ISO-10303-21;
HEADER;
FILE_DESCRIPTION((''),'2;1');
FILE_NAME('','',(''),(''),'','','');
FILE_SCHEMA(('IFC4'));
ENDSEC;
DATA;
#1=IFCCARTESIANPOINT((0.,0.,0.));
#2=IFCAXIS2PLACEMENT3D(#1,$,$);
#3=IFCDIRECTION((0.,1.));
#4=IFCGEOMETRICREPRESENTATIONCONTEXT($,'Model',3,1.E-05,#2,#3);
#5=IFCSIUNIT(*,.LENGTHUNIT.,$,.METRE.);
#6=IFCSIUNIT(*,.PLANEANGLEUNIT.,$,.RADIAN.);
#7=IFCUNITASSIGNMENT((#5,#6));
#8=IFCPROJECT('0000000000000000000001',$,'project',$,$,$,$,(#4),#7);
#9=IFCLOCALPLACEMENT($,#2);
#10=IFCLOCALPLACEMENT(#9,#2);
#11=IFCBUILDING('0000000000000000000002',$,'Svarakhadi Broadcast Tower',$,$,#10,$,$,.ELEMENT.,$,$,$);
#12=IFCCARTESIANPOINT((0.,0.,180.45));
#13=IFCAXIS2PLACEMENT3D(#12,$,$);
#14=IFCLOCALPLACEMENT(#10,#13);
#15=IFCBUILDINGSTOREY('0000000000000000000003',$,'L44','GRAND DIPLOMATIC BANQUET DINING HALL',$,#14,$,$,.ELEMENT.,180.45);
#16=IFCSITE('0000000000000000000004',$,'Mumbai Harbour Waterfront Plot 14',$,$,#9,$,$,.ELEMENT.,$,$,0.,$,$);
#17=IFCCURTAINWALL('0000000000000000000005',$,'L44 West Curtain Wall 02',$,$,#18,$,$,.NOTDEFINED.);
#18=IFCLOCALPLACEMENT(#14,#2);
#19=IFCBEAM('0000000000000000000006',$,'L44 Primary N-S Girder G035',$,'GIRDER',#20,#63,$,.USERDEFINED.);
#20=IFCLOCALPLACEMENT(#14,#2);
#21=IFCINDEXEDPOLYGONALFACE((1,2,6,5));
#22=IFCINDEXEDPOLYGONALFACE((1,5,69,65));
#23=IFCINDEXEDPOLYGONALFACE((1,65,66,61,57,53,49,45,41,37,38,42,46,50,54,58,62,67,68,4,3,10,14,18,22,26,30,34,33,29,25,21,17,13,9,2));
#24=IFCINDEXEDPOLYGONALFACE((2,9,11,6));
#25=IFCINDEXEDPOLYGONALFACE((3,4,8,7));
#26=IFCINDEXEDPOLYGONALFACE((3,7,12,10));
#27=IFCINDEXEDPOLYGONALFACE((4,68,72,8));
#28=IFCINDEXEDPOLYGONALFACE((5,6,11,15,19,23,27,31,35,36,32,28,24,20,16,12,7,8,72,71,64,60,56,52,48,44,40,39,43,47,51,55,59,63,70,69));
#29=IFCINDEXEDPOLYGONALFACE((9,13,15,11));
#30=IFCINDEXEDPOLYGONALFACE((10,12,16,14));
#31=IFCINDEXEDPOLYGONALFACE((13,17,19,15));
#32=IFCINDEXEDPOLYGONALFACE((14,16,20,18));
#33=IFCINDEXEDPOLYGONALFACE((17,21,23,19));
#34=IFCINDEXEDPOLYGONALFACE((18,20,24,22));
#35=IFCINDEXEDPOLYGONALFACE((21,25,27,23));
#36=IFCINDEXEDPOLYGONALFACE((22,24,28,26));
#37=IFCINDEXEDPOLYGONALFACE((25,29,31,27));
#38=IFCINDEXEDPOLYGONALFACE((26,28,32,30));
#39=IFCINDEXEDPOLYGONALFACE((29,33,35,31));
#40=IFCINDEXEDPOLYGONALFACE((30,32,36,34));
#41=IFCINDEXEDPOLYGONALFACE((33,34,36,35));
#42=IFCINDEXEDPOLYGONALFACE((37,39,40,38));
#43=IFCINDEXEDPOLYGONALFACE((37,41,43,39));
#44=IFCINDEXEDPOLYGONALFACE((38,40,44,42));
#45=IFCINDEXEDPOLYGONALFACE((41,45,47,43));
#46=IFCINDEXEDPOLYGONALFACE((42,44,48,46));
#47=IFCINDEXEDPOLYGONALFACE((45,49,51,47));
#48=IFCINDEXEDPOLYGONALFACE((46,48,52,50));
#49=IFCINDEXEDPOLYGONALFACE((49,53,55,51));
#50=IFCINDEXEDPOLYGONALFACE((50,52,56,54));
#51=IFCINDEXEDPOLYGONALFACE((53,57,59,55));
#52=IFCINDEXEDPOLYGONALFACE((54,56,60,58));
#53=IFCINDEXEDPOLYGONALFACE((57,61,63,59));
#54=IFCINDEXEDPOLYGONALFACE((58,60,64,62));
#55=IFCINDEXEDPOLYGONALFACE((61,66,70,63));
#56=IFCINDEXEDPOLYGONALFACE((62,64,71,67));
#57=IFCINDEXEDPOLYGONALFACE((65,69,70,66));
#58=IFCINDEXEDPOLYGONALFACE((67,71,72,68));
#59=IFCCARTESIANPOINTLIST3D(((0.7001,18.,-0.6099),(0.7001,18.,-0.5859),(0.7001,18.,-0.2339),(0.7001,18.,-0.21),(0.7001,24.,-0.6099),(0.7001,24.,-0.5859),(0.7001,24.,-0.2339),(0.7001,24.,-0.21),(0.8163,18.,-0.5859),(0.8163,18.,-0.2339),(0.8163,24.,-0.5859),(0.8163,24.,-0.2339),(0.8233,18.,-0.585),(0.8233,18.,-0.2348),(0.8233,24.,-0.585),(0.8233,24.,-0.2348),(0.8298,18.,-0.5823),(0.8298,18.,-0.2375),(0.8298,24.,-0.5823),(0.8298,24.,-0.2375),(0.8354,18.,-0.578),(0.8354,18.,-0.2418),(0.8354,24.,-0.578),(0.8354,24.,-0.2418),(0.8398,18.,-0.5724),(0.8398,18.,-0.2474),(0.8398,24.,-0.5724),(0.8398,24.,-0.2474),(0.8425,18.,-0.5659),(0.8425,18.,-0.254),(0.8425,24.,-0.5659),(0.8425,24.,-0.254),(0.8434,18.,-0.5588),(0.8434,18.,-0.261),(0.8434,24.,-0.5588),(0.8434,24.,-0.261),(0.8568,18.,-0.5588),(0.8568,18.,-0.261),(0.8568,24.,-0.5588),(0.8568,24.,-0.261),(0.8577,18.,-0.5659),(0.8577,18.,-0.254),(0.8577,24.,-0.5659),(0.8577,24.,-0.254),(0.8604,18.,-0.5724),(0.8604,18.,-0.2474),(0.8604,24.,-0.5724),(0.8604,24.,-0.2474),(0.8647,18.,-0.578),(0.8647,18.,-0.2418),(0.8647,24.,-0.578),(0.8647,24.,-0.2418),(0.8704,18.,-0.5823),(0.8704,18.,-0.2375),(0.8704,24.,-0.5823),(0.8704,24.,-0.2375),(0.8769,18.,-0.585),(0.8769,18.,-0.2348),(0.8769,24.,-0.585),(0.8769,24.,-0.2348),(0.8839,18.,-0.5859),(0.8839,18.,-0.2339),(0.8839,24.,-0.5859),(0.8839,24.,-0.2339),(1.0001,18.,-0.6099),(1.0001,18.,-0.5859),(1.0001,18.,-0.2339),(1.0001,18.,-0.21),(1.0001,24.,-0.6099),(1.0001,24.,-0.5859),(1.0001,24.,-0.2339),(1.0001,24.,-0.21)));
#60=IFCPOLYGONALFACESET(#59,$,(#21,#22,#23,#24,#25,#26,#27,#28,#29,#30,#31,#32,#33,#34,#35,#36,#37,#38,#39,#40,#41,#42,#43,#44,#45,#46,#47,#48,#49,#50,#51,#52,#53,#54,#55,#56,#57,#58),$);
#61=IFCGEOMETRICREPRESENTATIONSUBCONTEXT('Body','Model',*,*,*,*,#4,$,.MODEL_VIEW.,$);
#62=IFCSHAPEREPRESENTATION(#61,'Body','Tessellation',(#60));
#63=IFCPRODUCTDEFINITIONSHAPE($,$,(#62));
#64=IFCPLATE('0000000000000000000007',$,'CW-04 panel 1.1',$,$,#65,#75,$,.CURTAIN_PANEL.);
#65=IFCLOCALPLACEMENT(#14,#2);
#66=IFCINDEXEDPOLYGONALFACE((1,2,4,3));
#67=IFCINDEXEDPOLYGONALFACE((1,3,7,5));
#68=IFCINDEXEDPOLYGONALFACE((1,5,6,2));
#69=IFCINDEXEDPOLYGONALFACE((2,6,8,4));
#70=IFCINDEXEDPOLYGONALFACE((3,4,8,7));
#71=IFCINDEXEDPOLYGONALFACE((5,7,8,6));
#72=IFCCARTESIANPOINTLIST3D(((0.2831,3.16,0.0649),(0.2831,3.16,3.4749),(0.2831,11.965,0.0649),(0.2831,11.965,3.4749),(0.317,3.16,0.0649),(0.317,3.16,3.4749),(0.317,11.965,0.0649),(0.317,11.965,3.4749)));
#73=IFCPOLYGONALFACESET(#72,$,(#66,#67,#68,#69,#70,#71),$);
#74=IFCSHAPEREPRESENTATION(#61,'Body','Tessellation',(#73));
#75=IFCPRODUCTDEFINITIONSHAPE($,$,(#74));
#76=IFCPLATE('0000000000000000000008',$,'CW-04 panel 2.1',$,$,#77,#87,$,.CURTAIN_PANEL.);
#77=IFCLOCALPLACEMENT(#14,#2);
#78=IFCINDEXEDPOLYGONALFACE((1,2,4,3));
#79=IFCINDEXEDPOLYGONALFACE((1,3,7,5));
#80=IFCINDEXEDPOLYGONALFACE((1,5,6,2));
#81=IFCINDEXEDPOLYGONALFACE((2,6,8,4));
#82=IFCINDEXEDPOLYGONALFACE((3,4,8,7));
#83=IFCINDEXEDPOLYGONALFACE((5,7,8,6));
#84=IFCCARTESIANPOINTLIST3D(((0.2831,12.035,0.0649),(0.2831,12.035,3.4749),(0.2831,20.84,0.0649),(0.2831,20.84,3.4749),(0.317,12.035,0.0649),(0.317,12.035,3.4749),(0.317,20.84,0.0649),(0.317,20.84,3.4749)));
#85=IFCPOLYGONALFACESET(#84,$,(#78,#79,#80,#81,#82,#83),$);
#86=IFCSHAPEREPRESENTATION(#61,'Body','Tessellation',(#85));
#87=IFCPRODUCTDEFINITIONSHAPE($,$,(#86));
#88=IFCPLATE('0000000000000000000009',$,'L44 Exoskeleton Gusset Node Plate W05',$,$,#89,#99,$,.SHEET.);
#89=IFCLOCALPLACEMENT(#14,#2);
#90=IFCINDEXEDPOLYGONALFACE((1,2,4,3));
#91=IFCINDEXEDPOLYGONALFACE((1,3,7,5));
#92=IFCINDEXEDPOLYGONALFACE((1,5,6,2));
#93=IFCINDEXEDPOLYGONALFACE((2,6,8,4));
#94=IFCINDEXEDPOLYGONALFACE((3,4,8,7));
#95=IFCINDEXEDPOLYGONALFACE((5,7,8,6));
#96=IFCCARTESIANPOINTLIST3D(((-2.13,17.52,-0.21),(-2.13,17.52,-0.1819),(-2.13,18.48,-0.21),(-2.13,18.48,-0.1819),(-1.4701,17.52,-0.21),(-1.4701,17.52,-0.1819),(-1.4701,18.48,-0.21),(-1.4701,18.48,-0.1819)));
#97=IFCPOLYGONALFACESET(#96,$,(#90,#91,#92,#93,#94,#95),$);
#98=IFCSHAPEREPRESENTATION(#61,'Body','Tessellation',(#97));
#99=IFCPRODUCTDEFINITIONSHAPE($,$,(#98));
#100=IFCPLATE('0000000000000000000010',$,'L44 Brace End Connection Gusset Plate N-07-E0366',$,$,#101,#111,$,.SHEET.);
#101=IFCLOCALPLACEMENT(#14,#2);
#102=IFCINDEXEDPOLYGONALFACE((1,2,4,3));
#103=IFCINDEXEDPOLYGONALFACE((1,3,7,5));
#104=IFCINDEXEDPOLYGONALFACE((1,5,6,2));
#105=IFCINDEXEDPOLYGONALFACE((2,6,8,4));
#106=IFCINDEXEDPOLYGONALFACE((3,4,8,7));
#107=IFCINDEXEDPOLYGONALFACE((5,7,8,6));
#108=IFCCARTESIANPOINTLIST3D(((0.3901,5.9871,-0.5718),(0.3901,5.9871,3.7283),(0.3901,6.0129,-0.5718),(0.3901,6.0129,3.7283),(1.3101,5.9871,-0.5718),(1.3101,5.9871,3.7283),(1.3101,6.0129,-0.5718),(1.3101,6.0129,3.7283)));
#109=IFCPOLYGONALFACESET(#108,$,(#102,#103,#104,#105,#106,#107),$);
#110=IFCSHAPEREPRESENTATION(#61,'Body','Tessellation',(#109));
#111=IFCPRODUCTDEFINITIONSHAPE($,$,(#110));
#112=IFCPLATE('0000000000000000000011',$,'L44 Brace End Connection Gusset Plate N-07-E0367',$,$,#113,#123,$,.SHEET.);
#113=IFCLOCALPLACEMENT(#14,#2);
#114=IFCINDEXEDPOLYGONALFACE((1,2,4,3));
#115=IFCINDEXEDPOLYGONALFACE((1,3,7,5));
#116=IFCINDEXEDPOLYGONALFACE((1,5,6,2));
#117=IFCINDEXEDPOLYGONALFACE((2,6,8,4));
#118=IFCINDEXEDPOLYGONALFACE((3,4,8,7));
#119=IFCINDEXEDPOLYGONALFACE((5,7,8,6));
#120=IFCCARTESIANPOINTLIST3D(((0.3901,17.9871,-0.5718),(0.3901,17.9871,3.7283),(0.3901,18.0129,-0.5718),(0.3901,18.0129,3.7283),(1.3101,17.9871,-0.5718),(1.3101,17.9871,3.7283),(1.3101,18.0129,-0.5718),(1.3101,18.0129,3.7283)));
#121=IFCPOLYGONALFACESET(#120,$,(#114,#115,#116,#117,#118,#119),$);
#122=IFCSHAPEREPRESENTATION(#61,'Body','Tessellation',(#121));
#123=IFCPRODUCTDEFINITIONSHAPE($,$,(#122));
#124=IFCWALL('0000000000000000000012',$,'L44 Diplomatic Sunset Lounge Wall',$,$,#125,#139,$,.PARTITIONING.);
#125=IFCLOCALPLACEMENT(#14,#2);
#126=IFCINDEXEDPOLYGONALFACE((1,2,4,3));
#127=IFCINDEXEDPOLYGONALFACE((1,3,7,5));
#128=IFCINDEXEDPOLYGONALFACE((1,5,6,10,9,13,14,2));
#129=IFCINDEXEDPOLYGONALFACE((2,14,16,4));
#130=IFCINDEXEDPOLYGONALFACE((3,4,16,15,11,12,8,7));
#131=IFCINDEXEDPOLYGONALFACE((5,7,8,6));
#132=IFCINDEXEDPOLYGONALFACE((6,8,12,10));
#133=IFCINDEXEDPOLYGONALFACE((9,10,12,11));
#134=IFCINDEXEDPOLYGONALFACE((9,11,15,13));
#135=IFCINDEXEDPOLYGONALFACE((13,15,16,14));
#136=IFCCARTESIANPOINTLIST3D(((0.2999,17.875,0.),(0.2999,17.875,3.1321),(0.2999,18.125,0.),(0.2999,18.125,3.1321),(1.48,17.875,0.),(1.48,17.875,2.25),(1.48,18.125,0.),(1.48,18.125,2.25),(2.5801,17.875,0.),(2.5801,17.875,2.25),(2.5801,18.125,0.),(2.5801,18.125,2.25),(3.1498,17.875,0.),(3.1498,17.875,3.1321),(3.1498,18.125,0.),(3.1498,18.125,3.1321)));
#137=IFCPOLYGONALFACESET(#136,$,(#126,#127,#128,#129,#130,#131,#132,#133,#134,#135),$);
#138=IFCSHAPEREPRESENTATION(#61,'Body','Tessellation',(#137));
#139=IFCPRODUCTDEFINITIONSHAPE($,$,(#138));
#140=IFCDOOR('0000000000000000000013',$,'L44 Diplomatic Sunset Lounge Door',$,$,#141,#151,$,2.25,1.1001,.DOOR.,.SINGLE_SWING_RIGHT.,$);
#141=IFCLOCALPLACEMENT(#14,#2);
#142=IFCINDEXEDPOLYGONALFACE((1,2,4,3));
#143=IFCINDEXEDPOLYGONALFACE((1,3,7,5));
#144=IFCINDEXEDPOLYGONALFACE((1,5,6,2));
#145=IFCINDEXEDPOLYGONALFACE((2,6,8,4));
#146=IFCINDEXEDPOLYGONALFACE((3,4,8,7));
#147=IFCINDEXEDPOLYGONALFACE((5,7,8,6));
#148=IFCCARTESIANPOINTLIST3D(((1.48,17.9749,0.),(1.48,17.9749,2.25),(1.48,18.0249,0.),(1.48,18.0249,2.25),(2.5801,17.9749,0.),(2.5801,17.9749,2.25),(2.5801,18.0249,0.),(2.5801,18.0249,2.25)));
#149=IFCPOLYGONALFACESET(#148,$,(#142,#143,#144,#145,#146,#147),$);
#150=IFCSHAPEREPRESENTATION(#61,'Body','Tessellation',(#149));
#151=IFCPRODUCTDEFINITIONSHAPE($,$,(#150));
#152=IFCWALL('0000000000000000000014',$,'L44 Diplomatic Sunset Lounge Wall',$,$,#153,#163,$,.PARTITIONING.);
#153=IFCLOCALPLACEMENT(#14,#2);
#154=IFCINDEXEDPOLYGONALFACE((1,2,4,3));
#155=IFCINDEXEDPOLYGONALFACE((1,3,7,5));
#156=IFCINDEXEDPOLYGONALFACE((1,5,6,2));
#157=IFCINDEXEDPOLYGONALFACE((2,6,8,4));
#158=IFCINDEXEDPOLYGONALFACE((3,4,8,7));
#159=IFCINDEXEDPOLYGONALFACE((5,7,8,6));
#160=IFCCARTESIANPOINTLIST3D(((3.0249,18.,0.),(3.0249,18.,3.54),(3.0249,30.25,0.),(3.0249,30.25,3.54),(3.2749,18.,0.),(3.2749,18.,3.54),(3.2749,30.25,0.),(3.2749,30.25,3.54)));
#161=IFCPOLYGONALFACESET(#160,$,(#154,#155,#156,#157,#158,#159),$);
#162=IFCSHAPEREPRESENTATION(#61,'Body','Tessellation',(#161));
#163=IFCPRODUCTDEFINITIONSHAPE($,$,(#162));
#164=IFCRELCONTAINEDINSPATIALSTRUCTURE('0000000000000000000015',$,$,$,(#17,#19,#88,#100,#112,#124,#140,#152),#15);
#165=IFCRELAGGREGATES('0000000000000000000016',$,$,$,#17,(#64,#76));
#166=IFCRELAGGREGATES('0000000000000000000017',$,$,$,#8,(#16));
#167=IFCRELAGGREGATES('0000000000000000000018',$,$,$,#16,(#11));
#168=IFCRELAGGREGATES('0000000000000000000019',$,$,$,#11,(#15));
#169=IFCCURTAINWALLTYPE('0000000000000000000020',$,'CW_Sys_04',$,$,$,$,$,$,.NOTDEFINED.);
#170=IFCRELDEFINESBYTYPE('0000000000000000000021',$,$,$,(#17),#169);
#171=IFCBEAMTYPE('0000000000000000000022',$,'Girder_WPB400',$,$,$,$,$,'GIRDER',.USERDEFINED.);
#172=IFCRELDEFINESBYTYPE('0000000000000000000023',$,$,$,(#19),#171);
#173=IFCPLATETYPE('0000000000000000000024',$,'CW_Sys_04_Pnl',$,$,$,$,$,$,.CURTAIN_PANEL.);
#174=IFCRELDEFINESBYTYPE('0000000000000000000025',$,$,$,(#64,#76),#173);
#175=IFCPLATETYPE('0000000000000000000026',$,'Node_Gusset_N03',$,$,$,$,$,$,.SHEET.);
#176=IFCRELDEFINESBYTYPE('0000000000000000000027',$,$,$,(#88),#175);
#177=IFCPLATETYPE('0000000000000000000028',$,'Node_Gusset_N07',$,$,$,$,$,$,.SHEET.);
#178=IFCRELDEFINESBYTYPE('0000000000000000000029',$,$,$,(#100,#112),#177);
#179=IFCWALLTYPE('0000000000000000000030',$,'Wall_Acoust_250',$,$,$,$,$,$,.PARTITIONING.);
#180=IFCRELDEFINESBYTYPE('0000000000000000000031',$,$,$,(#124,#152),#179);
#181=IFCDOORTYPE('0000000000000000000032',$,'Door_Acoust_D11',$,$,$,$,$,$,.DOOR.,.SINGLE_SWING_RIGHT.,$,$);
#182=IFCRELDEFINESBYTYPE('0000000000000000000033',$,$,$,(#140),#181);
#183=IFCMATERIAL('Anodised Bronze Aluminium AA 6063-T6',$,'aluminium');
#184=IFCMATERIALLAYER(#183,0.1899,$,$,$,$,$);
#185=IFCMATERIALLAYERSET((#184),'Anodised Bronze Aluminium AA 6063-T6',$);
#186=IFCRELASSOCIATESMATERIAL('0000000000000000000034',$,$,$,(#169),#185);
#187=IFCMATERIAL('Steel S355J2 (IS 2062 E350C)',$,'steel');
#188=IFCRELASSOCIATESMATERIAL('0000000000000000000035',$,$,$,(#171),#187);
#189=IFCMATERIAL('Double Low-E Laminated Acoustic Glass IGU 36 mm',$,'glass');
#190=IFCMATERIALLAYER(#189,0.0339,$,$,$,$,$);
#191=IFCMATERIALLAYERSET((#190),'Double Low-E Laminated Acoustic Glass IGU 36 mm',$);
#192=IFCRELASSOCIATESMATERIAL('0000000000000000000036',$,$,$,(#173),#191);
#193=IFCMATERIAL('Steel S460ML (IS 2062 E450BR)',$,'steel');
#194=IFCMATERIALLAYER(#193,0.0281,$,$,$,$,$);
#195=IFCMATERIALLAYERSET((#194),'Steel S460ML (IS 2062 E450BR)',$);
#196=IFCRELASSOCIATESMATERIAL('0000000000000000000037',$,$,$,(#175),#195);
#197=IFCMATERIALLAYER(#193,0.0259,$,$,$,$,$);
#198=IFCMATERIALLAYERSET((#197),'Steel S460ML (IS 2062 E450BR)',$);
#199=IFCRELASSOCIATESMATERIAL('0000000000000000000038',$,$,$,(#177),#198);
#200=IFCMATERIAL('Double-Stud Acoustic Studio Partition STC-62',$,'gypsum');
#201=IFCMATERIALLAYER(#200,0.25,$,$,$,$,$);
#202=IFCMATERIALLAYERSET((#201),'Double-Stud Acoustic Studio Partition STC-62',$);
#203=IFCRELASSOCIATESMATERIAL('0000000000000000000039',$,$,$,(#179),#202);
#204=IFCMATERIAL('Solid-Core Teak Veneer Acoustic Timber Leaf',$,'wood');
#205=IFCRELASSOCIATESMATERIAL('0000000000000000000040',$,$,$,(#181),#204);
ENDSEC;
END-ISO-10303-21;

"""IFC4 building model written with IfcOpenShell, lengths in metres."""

from ifc_helpers import new_model, si_unit, direction, frame, frame_2d, origin, origin_2d, place, context, subcontext, project, spatial, rectangle, i_section, extrude, material, layer, layer_set, material_profile, profile_set, type_object, element, fill, aggregate, save


model = new_model("IFC4")

# Units and contexts
model_context = context("Model", 3, precision=1e-05, world=origin(), true_north=direction((0.0, 1.0)))
body_context = subcontext(model_context, "Body", "Model", "MODEL_VIEW")
ifc_project = project(units=[si_unit("LENGTHUNIT", "METRE"), si_unit("PLANEANGLEUNIT", "RADIAN")], contexts=[model_context])

# Site, building, storey
site_placement = place(None, origin())
site = spatial("IfcSite", under=ifc_project, at=site_placement, Name="Mumbai Harbour Waterfront Plot 14", CompositionType="ELEMENT", RefElevation=0.0)
building_placement = place(site_placement, origin())
building = spatial("IfcBuilding", under=site, at=building_placement, Name="Svarakhadi Broadcast Tower", CompositionType="ELEMENT")
storey_placement = place(building_placement, frame((0.0, 0.0, 180.45)))
storey = spatial("IfcBuildingStorey", under=building, at=storey_placement, Name="L44", Description="GRAND DIPLOMATIC BANQUET DINING HALL", CompositionType="ELEMENT", Elevation=180.45)

# Shared definitions
ifc_material_1 = material(Name="Steel S460ML (IS 2062 E450BR)", Category="steel")

# Shared definitions
ifc_material_2 = material(Name="Steel S355J2 (IS 2062 E350C)", Category="steel")

# Curtain wall
ifc_material_3 = material(Name="Anodised Bronze Aluminium AA 6063-T6", Category="aluminium")
ifc_layer_1 = layer(ifc_material_3, 0.1899)
ifc_layer_set_1 = layer_set([ifc_layer_1], Name="Anodised Bronze Aluminium AA 6063-T6")
curtain_wall_type = type_object("IfcCurtainWallType", Name="CW_Sys_04", PredefinedType="NOTDEFINED", material=ifc_layer_set_1)
curtain_wall_placement = place(storey_placement, origin())
curtain_wall = element("IfcCurtainWall", 1, at=curtain_wall_placement, inside=storey, type_object=curtain_wall_type, Name="L44 West Curtain Wall 02", PredefinedType="NOTDEFINED")

# Beam
ifc_material_profile_1 = material_profile(ifc_material_2, i_section(OverallWidth=0.3, OverallDepth=0.3999, WebThickness=0.0134, FlangeThickness=0.0239, FilletRadius=0.0271, at=origin_2d()), Name="WPB 400x300x155")
ifc_profile_set_1 = profile_set([ifc_material_profile_1], Name="Steel S355J2 (IS 2062 E350C)")
beam_type_1 = type_object("IfcBeamType", Name="Girder_WPB400", ElementType="GIRDER", PredefinedType="USERDEFINED", material=ifc_profile_set_1)
for number, where, z_axis, x_axis, name in (
    (2, (0.8501, 18.0, -0.4099), (0.0, 1.0, 0.0), (-1.0, 0.0, 0.0), "L44 Primary N-S Girder G035"),
):
    element("IfcBeam", number, at=place(storey_placement, frame(where, z_axis=z_axis, x_axis=x_axis)), inside=storey, type_object=beam_type_1, Name=name, ObjectType="GIRDER", PredefinedType="USERDEFINED", context=body_context, shape_type="SweptSolid", body=[
        extrude(i_section(OverallWidth=0.3, OverallDepth=0.3999, WebThickness=0.0134, FlangeThickness=0.0239, FilletRadius=0.0271, at=origin_2d()), origin(), (0.0, 0.0, 1.0), 6.0),
    ])

# Plates
ifc_material_4 = material(Name="Double Low-E Laminated Acoustic Glass IGU 36 mm", Category="glass")
ifc_layer_2 = layer(ifc_material_4, 0.0339)
ifc_layer_set_2 = layer_set([ifc_layer_2], Name="Double Low-E Laminated Acoustic Glass IGU 36 mm")
plate_type_1 = type_object("IfcPlateType", Name="CW_Sys_04_Pnl", PredefinedType="CURTAIN_PANEL", material=ifc_layer_set_2)
plate_1_placement = place(storey_placement, frame((0.3, 7.5625, 0.0649), z_axis=(0.0, 0.0, 1.0), x_axis=(0.0, 1.0, 0.0)))
plate_1 = element("IfcPlate", 3, at=plate_1_placement, type_object=plate_type_1, Name="CW-04 panel 1.1", PredefinedType="CURTAIN_PANEL", context=body_context, shape_type="SweptSolid", body=[
    extrude(rectangle(XDim=8.8049, YDim=0.0339, at=origin_2d()), origin(), (0.0, 0.0, 1.0), 3.4099),
])
plate_2_placement = place(storey_placement, frame((0.3, 16.4375, 0.0649), z_axis=(0.0, 0.0, 1.0), x_axis=(0.0, 1.0, 0.0)))
plate_2 = element("IfcPlate", 4, at=plate_2_placement, type_object=plate_type_1, Name="CW-04 panel 2.1", PredefinedType="CURTAIN_PANEL", context=body_context, shape_type="SweptSolid", body=[
    extrude(rectangle(XDim=8.8049, YDim=0.0339, at=origin_2d()), origin(), (0.0, 0.0, 1.0), 3.4099),
])
aggregate(curtain_wall, [plate_1, plate_2])

# Plates
ifc_layer_3 = layer(ifc_material_1, 0.0281)
ifc_layer_set_3 = layer_set([ifc_layer_3], Name="Steel S460ML (IS 2062 E450BR)")
plate_type_2 = type_object("IfcPlateType", Name="Node_Gusset_N03", PredefinedType="SHEET", material=ifc_layer_set_3)
plate_3_placement = place(storey_placement, frame((-1.8, 18.0, -0.21), z_axis=(0.0, 0.0, 1.0), x_axis=(0.0, 1.0, 0.0)))
element("IfcPlate", 5, at=plate_3_placement, inside=storey, type_object=plate_type_2, Name="L44 Exoskeleton Gusset Node Plate W05", PredefinedType="SHEET", context=body_context, shape_type="SweptSolid", body=[
    extrude(rectangle(XDim=0.96, YDim=0.6599, at=origin_2d()), origin(), (0.0, 0.0, 1.0), 0.0281),
])
ifc_layer_4 = layer(ifc_material_1, 0.0259)
ifc_layer_set_4 = layer_set([ifc_layer_4], Name="Steel S460ML (IS 2062 E450BR)")
plate_type_3 = type_object("IfcPlateType", Name="Node_Gusset_N07", PredefinedType="SHEET", material=ifc_layer_set_4)
for number, where, z_axis, x_axis, name in (
    (6, (0.8501, 6.0, -0.5718), (0.0, 0.0, 1.0), (1.0, 0.0, 0.0), "L44 Brace End Connection Gusset Plate N-07-E0366"),
    (7, (0.8501, 18.0, -0.5718), (0.0, 0.0, 1.0), (1.0, 0.0, 0.0), "L44 Brace End Connection Gusset Plate N-07-E0367"),
):
    element("IfcPlate", number, at=place(storey_placement, frame(where, z_axis=z_axis, x_axis=x_axis)), inside=storey, type_object=plate_type_3, Name=name, PredefinedType="SHEET", context=body_context, shape_type="SweptSolid", body=[
        extrude(rectangle(XDim=0.9199, YDim=0.0259, at=origin_2d()), origin(), (0.0, 0.0, 1.0), 4.3),
    ])

# Wall, opening, door
ifc_material_5 = material(Name="Double-Stud Acoustic Studio Partition STC-62", Category="gypsum")
ifc_layer_5 = layer(ifc_material_5, 0.25)
ifc_layer_set_5 = layer_set([ifc_layer_5], Name="Double-Stud Acoustic Studio Partition STC-62")
wall_type = type_object("IfcWallType", Name="Wall_Acoust_250", PredefinedType="PARTITIONING", material=ifc_layer_set_5)
wall_1_placement = place(storey_placement, frame((0.3, 18.0, 0.0), z_axis=(0.0, 0.0, 1.0), x_axis=(1.0, 0.0, 0.0)))
wall_1 = element("IfcWall", 8, at=wall_1_placement, inside=storey, type_object=wall_type, Name="L44 Diplomatic Sunset Lounge Wall", PredefinedType="PARTITIONING", context=body_context, shape_type="SweptSolid", body=[
    extrude(rectangle(XDim=2.8499, YDim=0.25, at=frame_2d((1.4248, 0.0))), origin(), (0.0, 0.0, 1.0), 3.1321),
])
opening_1_placement = place(wall_1_placement, frame((1.1799, 0.0, 0.0)))
opening_1 = element("IfcOpeningElement", 9, at=opening_1_placement, cuts=wall_1, PredefinedType="OPENING", context=body_context, shape_type="SweptSolid", body=[
    extrude(rectangle(XDim=1.1001, YDim=2.25, at=frame_2d((0.55, 1.125))), frame((0.0, 0.135, 0.0), z_axis=(0.0, -1.0, 0.0), x_axis=(1.0, 0.0, 0.0)), (0.0, 0.0, 1.0), 0.27),
])
ifc_material_6 = material(Name="Solid-Core Teak Veneer Acoustic Timber Leaf", Category="wood")
door_type_1 = type_object("IfcDoorType", Name="Door_Acoust_D11", OperationType="SINGLE_SWING_RIGHT", PredefinedType="DOOR", material=ifc_material_6)
door_1_placement = place(opening_1_placement, origin())
door_1 = element("IfcDoor", 10, at=door_1_placement, inside=storey, type_object=door_type_1, Name="L44 Diplomatic Sunset Lounge Door", OperationType="SINGLE_SWING_RIGHT", OverallHeight=2.25, OverallWidth=1.1001, PredefinedType="DOOR", context=body_context, shape_type="SweptSolid", body=[
    extrude(rectangle(XDim=1.1001, YDim=2.25, at=frame_2d((0.55, 1.125))), frame((0.0, 0.0249, 0.0), z_axis=(0.0, -1.0, 0.0), x_axis=(1.0, 0.0, 0.0)), (0.0, 0.0, 1.0), 0.05),
])
fill(opening_1, door_1)

# Wall
wall_2_placement = place(storey_placement, frame((3.1499, 18.0, 0.0), z_axis=(0.0, 0.0, 1.0), x_axis=(0.0, 1.0, 0.0)))
element("IfcWall", 11, at=wall_2_placement, inside=storey, type_object=wall_type, Name="L44 Diplomatic Sunset Lounge Wall", PredefinedType="PARTITIONING", context=body_context, shape_type="SweptSolid", body=[
    extrude(rectangle(XDim=12.25, YDim=0.25, at=frame_2d((6.125, 0.0))), origin(), (0.0, 0.0, 1.0), 3.54),
])

save(model, "model.ifc")
